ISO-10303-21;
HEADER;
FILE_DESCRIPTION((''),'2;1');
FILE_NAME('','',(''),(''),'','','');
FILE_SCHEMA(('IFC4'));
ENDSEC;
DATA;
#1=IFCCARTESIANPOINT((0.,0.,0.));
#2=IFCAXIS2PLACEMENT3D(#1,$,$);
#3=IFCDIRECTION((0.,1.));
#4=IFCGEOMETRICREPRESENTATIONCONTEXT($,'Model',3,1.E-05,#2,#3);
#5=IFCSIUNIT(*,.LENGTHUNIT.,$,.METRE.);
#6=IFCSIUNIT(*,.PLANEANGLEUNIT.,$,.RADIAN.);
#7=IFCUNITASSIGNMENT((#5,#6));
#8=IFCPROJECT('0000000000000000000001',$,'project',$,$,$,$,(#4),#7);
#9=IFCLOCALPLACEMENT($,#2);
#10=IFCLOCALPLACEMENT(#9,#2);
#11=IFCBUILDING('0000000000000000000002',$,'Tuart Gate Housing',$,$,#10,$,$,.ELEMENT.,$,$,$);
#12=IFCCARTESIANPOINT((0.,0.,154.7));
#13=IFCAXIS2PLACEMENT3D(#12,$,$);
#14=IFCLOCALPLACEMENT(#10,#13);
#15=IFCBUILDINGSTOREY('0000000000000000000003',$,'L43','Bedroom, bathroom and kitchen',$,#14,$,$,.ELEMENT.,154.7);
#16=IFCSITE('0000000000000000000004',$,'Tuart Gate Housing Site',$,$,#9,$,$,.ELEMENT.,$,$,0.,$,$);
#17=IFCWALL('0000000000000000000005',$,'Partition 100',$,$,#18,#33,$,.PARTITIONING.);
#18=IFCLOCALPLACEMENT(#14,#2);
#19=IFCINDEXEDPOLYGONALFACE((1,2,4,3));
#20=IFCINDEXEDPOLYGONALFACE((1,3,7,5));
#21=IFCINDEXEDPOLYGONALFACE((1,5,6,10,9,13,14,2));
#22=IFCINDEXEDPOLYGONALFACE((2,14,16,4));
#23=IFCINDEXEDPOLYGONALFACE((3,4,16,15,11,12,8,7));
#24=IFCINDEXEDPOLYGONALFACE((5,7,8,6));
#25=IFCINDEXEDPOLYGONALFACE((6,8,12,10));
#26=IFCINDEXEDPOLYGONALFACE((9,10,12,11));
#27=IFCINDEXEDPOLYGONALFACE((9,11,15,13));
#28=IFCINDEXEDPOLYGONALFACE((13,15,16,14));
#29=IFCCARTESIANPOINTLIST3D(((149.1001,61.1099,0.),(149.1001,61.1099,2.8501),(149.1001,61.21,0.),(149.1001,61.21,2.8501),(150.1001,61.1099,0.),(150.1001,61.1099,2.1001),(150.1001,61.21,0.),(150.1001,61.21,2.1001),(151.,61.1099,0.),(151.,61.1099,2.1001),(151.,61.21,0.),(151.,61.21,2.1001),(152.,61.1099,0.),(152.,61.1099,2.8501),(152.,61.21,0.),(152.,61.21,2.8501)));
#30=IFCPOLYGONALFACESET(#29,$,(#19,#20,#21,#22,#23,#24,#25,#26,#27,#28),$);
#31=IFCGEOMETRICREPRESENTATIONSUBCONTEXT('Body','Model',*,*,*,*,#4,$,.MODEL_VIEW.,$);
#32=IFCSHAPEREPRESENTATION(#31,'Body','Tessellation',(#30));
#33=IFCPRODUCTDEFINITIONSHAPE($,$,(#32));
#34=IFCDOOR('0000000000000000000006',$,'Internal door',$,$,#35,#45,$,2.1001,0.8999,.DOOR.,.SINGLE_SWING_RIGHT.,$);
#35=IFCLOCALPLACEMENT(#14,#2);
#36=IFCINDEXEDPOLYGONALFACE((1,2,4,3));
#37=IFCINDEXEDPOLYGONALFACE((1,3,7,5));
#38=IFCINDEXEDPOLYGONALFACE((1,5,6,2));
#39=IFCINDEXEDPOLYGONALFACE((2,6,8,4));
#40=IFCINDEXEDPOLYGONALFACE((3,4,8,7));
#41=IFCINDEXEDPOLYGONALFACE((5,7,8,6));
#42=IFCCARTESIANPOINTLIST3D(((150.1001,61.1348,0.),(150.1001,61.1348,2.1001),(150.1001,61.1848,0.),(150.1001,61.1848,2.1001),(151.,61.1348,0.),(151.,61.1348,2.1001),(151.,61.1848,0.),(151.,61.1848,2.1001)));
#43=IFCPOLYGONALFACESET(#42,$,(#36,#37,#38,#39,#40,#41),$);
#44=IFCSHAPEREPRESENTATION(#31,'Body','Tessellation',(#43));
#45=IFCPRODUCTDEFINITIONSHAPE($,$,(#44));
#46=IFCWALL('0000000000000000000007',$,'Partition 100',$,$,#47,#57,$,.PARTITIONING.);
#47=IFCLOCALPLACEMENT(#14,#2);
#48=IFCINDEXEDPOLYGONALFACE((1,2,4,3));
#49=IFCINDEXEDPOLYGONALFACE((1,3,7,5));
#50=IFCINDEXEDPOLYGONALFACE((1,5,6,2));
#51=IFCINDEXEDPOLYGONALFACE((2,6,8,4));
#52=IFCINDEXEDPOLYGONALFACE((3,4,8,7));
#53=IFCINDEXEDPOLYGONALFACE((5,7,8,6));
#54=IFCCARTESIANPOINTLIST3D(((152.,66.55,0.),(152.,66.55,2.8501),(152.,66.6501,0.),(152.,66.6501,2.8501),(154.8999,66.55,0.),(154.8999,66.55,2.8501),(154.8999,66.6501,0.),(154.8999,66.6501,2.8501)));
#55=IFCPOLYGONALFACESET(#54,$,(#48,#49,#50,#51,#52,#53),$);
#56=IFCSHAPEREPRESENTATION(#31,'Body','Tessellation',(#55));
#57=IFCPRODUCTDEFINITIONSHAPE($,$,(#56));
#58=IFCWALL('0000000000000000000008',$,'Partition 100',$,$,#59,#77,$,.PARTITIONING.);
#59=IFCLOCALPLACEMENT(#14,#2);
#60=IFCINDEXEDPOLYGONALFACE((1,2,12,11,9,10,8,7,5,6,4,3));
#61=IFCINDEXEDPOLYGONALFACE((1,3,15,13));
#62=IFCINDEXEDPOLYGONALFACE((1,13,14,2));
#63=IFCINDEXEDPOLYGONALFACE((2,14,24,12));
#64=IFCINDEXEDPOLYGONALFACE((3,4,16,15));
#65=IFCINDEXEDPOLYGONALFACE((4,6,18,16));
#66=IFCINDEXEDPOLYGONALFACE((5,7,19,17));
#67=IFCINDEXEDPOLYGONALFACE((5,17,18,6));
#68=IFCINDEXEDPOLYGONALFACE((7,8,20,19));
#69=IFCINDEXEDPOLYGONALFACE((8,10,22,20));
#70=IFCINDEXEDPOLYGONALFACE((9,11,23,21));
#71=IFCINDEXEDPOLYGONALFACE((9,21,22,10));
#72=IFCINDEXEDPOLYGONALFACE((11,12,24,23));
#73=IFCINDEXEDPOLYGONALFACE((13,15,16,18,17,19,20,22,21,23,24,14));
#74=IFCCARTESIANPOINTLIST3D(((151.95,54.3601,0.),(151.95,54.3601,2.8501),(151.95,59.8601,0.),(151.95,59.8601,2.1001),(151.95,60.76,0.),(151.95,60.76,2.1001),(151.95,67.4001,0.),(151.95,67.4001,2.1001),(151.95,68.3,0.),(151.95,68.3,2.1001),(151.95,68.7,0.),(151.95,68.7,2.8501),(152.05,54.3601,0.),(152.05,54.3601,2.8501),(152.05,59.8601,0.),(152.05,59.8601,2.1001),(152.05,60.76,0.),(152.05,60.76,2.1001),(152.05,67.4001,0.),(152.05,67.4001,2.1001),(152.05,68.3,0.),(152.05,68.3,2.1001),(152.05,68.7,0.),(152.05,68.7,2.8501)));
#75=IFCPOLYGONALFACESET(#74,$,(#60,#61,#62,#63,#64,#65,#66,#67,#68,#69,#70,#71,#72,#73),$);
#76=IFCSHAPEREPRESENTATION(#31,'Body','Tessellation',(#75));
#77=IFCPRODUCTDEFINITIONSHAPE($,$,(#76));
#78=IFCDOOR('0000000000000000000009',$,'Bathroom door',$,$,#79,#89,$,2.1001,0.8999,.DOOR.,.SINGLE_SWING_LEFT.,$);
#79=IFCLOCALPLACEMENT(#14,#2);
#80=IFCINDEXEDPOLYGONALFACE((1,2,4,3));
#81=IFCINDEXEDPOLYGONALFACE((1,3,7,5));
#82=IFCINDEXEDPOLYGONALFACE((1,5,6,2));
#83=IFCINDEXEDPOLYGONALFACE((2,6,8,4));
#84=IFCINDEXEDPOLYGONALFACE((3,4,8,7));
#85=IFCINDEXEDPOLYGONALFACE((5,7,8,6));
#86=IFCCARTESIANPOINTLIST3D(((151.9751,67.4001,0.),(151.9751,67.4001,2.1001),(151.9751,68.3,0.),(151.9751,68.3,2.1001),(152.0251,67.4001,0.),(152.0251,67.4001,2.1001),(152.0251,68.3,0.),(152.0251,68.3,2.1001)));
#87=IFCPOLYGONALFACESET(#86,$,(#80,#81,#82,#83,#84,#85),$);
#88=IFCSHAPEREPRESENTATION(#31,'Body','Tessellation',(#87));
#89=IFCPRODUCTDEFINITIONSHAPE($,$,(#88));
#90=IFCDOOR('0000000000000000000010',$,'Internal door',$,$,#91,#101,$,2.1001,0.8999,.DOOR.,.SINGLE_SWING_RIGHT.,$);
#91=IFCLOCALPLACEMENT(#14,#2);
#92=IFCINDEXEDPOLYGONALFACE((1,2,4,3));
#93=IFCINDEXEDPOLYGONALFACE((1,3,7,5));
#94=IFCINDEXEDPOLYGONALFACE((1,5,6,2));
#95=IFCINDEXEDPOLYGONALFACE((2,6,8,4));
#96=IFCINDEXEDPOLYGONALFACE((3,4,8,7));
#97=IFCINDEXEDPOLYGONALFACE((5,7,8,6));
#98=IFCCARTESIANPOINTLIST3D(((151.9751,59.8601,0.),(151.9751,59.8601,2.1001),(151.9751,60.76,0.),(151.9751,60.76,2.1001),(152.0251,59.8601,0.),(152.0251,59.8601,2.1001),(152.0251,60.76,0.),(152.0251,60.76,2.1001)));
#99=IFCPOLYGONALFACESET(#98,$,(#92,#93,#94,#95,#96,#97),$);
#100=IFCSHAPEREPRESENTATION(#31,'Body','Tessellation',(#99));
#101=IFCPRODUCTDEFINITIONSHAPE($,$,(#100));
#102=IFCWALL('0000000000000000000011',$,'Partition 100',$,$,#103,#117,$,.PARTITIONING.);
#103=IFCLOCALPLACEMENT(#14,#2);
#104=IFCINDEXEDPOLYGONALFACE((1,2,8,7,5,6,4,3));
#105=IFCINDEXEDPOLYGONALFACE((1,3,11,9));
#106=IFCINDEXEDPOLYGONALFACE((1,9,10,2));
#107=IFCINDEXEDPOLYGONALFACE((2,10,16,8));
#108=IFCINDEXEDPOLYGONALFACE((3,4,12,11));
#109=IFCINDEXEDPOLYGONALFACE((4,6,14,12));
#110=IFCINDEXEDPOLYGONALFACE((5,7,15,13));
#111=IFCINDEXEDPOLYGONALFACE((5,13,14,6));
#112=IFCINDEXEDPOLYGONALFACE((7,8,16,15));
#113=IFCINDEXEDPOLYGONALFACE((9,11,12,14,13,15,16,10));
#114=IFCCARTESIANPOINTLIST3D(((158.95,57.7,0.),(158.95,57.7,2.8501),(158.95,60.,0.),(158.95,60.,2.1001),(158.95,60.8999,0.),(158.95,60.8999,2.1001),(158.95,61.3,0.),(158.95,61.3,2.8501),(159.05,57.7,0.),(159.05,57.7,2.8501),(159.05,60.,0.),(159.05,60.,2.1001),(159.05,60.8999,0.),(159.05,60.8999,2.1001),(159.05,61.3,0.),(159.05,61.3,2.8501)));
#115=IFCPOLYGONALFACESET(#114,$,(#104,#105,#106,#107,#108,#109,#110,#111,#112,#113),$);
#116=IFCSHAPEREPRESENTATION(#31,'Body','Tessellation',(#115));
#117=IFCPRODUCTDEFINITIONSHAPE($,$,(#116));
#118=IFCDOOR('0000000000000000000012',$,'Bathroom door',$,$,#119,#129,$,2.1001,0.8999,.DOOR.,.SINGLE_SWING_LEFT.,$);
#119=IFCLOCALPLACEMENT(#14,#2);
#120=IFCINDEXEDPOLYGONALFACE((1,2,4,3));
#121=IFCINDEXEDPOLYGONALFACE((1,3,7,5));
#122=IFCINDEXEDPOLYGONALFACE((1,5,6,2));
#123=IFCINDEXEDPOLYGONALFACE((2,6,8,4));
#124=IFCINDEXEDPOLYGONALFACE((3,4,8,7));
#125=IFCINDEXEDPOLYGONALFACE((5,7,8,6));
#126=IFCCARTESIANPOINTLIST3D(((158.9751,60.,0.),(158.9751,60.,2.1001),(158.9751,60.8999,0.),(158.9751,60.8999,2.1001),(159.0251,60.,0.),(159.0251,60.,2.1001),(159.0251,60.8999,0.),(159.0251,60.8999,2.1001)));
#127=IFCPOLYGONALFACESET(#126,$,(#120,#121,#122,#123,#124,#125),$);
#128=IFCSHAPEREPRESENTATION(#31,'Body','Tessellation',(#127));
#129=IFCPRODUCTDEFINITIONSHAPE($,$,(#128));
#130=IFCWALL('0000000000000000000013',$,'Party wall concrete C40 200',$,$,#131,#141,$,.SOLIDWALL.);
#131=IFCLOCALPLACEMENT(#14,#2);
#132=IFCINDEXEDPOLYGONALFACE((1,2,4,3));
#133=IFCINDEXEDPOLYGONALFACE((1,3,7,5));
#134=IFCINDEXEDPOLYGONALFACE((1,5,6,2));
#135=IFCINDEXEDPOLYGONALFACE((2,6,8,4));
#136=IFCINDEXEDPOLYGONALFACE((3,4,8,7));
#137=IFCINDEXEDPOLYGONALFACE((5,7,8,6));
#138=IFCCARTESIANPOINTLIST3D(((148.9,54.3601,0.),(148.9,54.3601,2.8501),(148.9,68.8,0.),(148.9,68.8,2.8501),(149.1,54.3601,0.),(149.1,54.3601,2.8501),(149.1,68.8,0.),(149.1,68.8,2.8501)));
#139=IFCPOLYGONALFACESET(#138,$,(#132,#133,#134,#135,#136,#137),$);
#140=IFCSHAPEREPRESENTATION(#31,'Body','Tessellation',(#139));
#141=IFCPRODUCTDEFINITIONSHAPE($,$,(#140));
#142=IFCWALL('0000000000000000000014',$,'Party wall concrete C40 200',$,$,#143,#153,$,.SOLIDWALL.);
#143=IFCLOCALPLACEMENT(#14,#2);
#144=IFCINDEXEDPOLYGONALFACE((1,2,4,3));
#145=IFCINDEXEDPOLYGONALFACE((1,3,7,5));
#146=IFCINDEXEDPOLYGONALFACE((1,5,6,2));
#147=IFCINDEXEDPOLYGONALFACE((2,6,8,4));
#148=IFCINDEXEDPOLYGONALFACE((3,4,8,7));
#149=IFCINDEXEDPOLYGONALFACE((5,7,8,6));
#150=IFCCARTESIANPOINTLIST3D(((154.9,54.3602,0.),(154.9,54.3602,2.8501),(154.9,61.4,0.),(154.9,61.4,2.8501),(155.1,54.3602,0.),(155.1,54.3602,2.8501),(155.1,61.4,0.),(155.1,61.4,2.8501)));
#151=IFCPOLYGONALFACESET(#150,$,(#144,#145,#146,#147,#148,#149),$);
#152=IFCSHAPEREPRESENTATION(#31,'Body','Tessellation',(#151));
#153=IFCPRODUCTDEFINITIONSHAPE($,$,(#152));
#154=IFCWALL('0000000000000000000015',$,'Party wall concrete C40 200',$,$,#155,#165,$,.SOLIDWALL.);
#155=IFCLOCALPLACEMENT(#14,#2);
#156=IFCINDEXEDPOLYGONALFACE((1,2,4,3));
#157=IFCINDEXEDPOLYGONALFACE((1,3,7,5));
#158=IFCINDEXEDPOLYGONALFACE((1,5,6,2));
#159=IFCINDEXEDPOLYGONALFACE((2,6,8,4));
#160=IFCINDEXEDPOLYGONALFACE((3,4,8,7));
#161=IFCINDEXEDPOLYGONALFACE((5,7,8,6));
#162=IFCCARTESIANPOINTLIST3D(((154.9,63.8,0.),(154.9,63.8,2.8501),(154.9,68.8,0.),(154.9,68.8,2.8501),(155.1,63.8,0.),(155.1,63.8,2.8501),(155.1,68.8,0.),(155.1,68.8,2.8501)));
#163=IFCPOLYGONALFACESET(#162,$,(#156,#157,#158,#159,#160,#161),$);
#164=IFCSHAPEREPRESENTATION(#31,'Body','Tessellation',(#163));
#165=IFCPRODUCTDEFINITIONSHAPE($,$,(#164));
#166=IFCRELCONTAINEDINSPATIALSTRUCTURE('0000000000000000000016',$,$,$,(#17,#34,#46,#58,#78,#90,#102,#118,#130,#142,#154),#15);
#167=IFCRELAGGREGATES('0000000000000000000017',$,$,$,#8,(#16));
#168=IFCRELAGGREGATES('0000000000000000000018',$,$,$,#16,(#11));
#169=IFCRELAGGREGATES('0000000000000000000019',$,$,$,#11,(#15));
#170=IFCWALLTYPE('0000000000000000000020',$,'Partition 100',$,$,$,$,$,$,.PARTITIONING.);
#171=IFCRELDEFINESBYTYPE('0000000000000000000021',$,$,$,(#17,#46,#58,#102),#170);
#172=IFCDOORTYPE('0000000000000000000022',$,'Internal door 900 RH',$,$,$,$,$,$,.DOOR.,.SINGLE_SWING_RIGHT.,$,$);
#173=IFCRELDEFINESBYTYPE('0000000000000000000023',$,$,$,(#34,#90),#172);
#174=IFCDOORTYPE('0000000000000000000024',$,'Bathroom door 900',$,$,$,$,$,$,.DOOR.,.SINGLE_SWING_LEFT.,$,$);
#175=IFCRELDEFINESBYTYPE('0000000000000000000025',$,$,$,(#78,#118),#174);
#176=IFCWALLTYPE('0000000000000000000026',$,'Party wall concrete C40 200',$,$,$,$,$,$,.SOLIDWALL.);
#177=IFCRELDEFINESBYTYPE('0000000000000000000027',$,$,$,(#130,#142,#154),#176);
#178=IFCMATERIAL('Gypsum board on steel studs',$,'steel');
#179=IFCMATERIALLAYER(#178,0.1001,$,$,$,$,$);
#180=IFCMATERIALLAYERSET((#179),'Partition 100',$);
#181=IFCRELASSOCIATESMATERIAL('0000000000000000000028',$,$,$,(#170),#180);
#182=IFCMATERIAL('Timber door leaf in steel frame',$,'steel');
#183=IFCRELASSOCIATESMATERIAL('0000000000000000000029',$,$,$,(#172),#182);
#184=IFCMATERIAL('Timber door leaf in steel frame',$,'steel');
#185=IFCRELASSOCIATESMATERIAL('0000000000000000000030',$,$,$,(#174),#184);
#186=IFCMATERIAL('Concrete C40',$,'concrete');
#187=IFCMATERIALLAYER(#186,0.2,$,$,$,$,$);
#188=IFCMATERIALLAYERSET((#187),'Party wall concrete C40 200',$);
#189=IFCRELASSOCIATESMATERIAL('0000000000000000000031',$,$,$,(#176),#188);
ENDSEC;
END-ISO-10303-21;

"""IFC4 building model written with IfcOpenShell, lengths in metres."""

from ifc_helpers import new_model, si_unit, direction, frame, frame_2d, origin, place, context, subcontext, project, spatial, rectangle, extrude, material, layer, layer_set, type_object, element, fill, save


model = new_model("IFC4")

# Units and contexts
model_context = context("Model", 3, precision=1e-05, world=origin(), true_north=direction((0.0, 1.0)))
body_context = subcontext(model_context, "Body", "Model", "MODEL_VIEW")
ifc_project = project(units=[si_unit("LENGTHUNIT", "METRE"), si_unit("PLANEANGLEUNIT", "RADIAN")], contexts=[model_context])

# Site, building, storey
site_placement = place(None, origin())
site = spatial("IfcSite", under=ifc_project, at=site_placement, Name="Tuart Gate Housing Site", CompositionType="ELEMENT", RefElevation=0.0)
building_placement = place(site_placement, origin())
building = spatial("IfcBuilding", under=site, at=building_placement, Name="Tuart Gate Housing", CompositionType="ELEMENT")
storey_placement = place(building_placement, frame((0.0, 0.0, 154.7)))
storey = spatial("IfcBuildingStorey", under=building, at=storey_placement, Name="L43", Description="Bedroom, bathroom and kitchen", CompositionType="ELEMENT", Elevation=154.7)

# Shared definitions
ifc_material_1 = material(Name="Gypsum board on steel studs", Category="steel")
ifc_layer_1 = layer(ifc_material_1, 0.1001)
ifc_layer_set_1 = layer_set([ifc_layer_1], Name="Partition 100")
wall_type_1 = type_object("IfcWallType", Name="Partition 100", PredefinedType="PARTITIONING", material=ifc_layer_set_1)

# Wall, opening, door
wall_1_placement = place(storey_placement, frame((149.1001, 61.1599, 0.0), z_axis=(0.0, 0.0, 1.0), x_axis=(1.0, 0.0, 0.0)))
wall_1 = element("IfcWall", 1, at=wall_1_placement, inside=storey, type_object=wall_type_1, Name="Partition 100", PredefinedType="PARTITIONING", context=body_context, shape_type="SweptSolid", body=[
    extrude(rectangle(XDim=2.8999, YDim=0.1001, at=frame_2d((1.45, 0.0))), origin(), (0.0, 0.0, 1.0), 2.8501),
])
opening_1_placement = place(wall_1_placement, frame((1.0, 0.0, 0.0)))
opening_1 = element("IfcOpeningElement", 2, at=opening_1_placement, cuts=wall_1, PredefinedType="OPENING", context=body_context, shape_type="SweptSolid", body=[
    extrude(rectangle(XDim=0.8999, YDim=2.1001, at=frame_2d((0.45, 1.05))), frame((0.0, 0.0601, 0.0), z_axis=(0.0, -1.0, 0.0), x_axis=(1.0, 0.0, 0.0)), (0.0, 0.0, 1.0), 0.1201),
])
ifc_material_2 = material(Name="Timber door leaf in steel frame", Category="steel")
door_type_1 = type_object("IfcDoorType", Name="Internal door 900 RH", OperationType="SINGLE_SWING_RIGHT", PredefinedType="DOOR", material=ifc_material_2)
door_1_placement = place(opening_1_placement, origin())
door_1 = element("IfcDoor", 3, at=door_1_placement, inside=storey, type_object=door_type_1, Name="Internal door", OperationType="SINGLE_SWING_RIGHT", OverallHeight=2.1001, OverallWidth=0.8999, PredefinedType="DOOR", context=body_context, shape_type="SweptSolid", body=[
    extrude(rectangle(XDim=0.8999, YDim=2.1001, at=frame_2d((0.45, 1.05))), frame((0.0, 0.0249, 0.0), z_axis=(0.0, -1.0, 0.0), x_axis=(1.0, 0.0, 0.0)), (0.0, 0.0, 1.0), 0.05),
])
fill(opening_1, door_1)

# Wall
wall_2_placement = place(storey_placement, frame((152.0, 66.6001, 0.0), z_axis=(0.0, 0.0, 1.0), x_axis=(1.0, 0.0, 0.0)))
element("IfcWall", 4, at=wall_2_placement, inside=storey, type_object=wall_type_1, Name="Partition 100", PredefinedType="PARTITIONING", context=body_context, shape_type="SweptSolid", body=[
    extrude(rectangle(XDim=2.8999, YDim=0.1001, at=frame_2d((1.45, 0.0))), origin(), (0.0, 0.0, 1.0), 2.8501),
])

# Wall, openings, doors
wall_3_placement = place(storey_placement, frame((152.0, 54.3601, 0.0), z_axis=(0.0, 0.0, 1.0), x_axis=(0.0, 1.0, 0.0)))
wall_3 = element("IfcWall", 5, at=wall_3_placement, inside=storey, type_object=wall_type_1, Name="Partition 100", PredefinedType="PARTITIONING", context=body_context, shape_type="SweptSolid", body=[
    extrude(rectangle(XDim=14.3398, YDim=0.1001, at=frame_2d((7.1699, 0.0))), origin(), (0.0, 0.0, 1.0), 2.8501),
])
opening_2_placement = place(wall_3_placement, frame((5.5, 0.0, 0.0)))
opening_2 = element("IfcOpeningElement", 6, at=opening_2_placement, cuts=wall_3, PredefinedType="OPENING", context=body_context, shape_type="SweptSolid", body=[
    extrude(rectangle(XDim=0.8999, YDim=2.1001, at=frame_2d((0.45, 1.05))), frame((0.0, 0.0601, 0.0), z_axis=(0.0, -1.0, 0.0), x_axis=(1.0, 0.0, 0.0)), (0.0, 0.0, 1.0), 0.1201),
])
opening_3_placement = place(wall_3_placement, frame((13.04, 0.0, 0.0)))
opening_3 = element("IfcOpeningElement", 7, at=opening_3_placement, cuts=wall_3, PredefinedType="OPENING", context=body_context, shape_type="SweptSolid", body=[
    extrude(rectangle(XDim=0.8999, YDim=2.1001, at=frame_2d((0.45, 1.05))), frame((0.0, 0.0601, 0.0), z_axis=(0.0, -1.0, 0.0), x_axis=(1.0, 0.0, 0.0)), (0.0, 0.0, 1.0), 0.1201),
])
ifc_material_3 = material(Name="Timber door leaf in steel frame", Category="steel")
door_type_2 = type_object("IfcDoorType", Name="Bathroom door 900", OperationType="SINGLE_SWING_LEFT", PredefinedType="DOOR", material=ifc_material_3)
door_2_placement = place(opening_3_placement, frame((0.8999, 0.0, 0.0), z_axis=(0.0, 0.0, 1.0), x_axis=(-1.0, 0.0, 0.0)))
door_2 = element("IfcDoor", 8, at=door_2_placement, inside=storey, type_object=door_type_2, Name="Bathroom door", OperationType="SINGLE_SWING_LEFT", OverallHeight=2.1001, OverallWidth=0.8999, PredefinedType="DOOR", context=body_context, shape_type="SweptSolid", body=[
    extrude(rectangle(XDim=0.8999, YDim=2.1001, at=frame_2d((0.45, 1.05))), frame((0.0, 0.0251, 0.0), z_axis=(0.0, -1.0, 0.0), x_axis=(1.0, 0.0, 0.0)), (0.0, 0.0, 1.0), 0.05),
])
fill(opening_3, door_2)
door_3_placement = place(opening_2_placement, frame((0.8999, 0.0, 0.0), z_axis=(0.0, 0.0, 1.0), x_axis=(-1.0, 0.0, 0.0)))
door_3 = element("IfcDoor", 9, at=door_3_placement, inside=storey, type_object=door_type_1, Name="Internal door", OperationType="SINGLE_SWING_RIGHT", OverallHeight=2.1001, OverallWidth=0.8999, PredefinedType="DOOR", context=body_context, shape_type="SweptSolid", body=[
    extrude(rectangle(XDim=0.8999, YDim=2.1001, at=frame_2d((0.45, 1.05))), frame((0.0, 0.0251, 0.0), z_axis=(0.0, -1.0, 0.0), x_axis=(1.0, 0.0, 0.0)), (0.0, 0.0, 1.0), 0.05),
])
fill(opening_2, door_3)

# Wall, opening, door
wall_4_placement = place(storey_placement, frame((159.0, 57.7, 0.0), z_axis=(0.0, 0.0, 1.0), x_axis=(0.0, 1.0, 0.0)))
wall_4 = element("IfcWall", 10, at=wall_4_placement, inside=storey, type_object=wall_type_1, Name="Partition 100", PredefinedType="PARTITIONING", context=body_context, shape_type="SweptSolid", body=[
    extrude(rectangle(XDim=3.6001, YDim=0.1001, at=frame_2d((1.8, 0.0))), origin(), (0.0, 0.0, 1.0), 2.8501),
])
opening_4_placement = place(wall_4_placement, frame((2.3, 0.0, 0.0)))
opening_4 = element("IfcOpeningElement", 11, at=opening_4_placement, cuts=wall_4, PredefinedType="OPENING", context=body_context, shape_type="SweptSolid", body=[
    extrude(rectangle(XDim=0.8999, YDim=2.1001, at=frame_2d((0.45, 1.05))), frame((0.0, 0.0601, 0.0), z_axis=(0.0, -1.0, 0.0), x_axis=(1.0, 0.0, 0.0)), (0.0, 0.0, 1.0), 0.1201),
])
door_4_placement = place(opening_4_placement, frame((0.8999, 0.0, 0.0), z_axis=(0.0, 0.0, 1.0), x_axis=(-1.0, 0.0, 0.0)))
door_4 = element("IfcDoor", 12, at=door_4_placement, inside=storey, type_object=door_type_2, Name="Bathroom door", OperationType="SINGLE_SWING_LEFT", OverallHeight=2.1001, OverallWidth=0.8999, PredefinedType="DOOR", context=body_context, shape_type="SweptSolid", body=[
    extrude(rectangle(XDim=0.8999, YDim=2.1001, at=frame_2d((0.45, 1.05))), frame((0.0, 0.0251, 0.0), z_axis=(0.0, -1.0, 0.0), x_axis=(1.0, 0.0, 0.0)), (0.0, 0.0, 1.0), 0.05),
])
fill(opening_4, door_4)

# Walls
ifc_material_4 = material(Name="Concrete C40", Category="concrete")
ifc_layer_2 = layer(ifc_material_4, 0.2)
ifc_layer_set_2 = layer_set([ifc_layer_2], Name="Party wall concrete C40 200")
wall_type_2 = type_object("IfcWallType", Name="Party wall concrete C40 200", PredefinedType="SOLIDWALL", material=ifc_layer_set_2)
wall_5_placement = place(storey_placement, frame((149.0, 54.3601, 0.0), z_axis=(0.0, 0.0, 1.0), x_axis=(0.0, 1.0, 0.0)))
element("IfcWall", 13, at=wall_5_placement, inside=storey, type_object=wall_type_2, Name="Party wall concrete C40 200", PredefinedType="SOLIDWALL", context=body_context, shape_type="SweptSolid", body=[
    extrude(rectangle(XDim=14.4399, YDim=0.2, at=frame_2d((7.22, 0.0))), origin(), (0.0, 0.0, 1.0), 2.8501),
])
wall_6_placement = place(storey_placement, frame((155.0, 54.3601, 0.0), z_axis=(0.0, 0.0, 1.0), x_axis=(0.0, 1.0, 0.0)))
element("IfcWall", 14, at=wall_6_placement, inside=storey, type_object=wall_type_2, Name="Party wall concrete C40 200", PredefinedType="SOLIDWALL", context=body_context, shape_type="SweptSolid", body=[
    extrude(rectangle(XDim=7.0398, YDim=0.2, at=frame_2d((3.52, 0.0))), origin(), (0.0, 0.0, 1.0), 2.8501),
])
wall_7_placement = place(storey_placement, frame((155.0, 63.8, 0.0), z_axis=(0.0, 0.0, 1.0), x_axis=(0.0, 1.0, 0.0)))
element("IfcWall", 15, at=wall_7_placement, inside=storey, type_object=wall_type_2, Name="Party wall concrete C40 200", PredefinedType="SOLIDWALL", context=body_context, shape_type="SweptSolid", body=[
    extrude(rectangle(XDim=5.0, YDim=0.2, at=frame_2d((2.5, 0.0))), origin(), (0.0, 0.0, 1.0), 2.8501),
])

save(model, "model.ifc")
